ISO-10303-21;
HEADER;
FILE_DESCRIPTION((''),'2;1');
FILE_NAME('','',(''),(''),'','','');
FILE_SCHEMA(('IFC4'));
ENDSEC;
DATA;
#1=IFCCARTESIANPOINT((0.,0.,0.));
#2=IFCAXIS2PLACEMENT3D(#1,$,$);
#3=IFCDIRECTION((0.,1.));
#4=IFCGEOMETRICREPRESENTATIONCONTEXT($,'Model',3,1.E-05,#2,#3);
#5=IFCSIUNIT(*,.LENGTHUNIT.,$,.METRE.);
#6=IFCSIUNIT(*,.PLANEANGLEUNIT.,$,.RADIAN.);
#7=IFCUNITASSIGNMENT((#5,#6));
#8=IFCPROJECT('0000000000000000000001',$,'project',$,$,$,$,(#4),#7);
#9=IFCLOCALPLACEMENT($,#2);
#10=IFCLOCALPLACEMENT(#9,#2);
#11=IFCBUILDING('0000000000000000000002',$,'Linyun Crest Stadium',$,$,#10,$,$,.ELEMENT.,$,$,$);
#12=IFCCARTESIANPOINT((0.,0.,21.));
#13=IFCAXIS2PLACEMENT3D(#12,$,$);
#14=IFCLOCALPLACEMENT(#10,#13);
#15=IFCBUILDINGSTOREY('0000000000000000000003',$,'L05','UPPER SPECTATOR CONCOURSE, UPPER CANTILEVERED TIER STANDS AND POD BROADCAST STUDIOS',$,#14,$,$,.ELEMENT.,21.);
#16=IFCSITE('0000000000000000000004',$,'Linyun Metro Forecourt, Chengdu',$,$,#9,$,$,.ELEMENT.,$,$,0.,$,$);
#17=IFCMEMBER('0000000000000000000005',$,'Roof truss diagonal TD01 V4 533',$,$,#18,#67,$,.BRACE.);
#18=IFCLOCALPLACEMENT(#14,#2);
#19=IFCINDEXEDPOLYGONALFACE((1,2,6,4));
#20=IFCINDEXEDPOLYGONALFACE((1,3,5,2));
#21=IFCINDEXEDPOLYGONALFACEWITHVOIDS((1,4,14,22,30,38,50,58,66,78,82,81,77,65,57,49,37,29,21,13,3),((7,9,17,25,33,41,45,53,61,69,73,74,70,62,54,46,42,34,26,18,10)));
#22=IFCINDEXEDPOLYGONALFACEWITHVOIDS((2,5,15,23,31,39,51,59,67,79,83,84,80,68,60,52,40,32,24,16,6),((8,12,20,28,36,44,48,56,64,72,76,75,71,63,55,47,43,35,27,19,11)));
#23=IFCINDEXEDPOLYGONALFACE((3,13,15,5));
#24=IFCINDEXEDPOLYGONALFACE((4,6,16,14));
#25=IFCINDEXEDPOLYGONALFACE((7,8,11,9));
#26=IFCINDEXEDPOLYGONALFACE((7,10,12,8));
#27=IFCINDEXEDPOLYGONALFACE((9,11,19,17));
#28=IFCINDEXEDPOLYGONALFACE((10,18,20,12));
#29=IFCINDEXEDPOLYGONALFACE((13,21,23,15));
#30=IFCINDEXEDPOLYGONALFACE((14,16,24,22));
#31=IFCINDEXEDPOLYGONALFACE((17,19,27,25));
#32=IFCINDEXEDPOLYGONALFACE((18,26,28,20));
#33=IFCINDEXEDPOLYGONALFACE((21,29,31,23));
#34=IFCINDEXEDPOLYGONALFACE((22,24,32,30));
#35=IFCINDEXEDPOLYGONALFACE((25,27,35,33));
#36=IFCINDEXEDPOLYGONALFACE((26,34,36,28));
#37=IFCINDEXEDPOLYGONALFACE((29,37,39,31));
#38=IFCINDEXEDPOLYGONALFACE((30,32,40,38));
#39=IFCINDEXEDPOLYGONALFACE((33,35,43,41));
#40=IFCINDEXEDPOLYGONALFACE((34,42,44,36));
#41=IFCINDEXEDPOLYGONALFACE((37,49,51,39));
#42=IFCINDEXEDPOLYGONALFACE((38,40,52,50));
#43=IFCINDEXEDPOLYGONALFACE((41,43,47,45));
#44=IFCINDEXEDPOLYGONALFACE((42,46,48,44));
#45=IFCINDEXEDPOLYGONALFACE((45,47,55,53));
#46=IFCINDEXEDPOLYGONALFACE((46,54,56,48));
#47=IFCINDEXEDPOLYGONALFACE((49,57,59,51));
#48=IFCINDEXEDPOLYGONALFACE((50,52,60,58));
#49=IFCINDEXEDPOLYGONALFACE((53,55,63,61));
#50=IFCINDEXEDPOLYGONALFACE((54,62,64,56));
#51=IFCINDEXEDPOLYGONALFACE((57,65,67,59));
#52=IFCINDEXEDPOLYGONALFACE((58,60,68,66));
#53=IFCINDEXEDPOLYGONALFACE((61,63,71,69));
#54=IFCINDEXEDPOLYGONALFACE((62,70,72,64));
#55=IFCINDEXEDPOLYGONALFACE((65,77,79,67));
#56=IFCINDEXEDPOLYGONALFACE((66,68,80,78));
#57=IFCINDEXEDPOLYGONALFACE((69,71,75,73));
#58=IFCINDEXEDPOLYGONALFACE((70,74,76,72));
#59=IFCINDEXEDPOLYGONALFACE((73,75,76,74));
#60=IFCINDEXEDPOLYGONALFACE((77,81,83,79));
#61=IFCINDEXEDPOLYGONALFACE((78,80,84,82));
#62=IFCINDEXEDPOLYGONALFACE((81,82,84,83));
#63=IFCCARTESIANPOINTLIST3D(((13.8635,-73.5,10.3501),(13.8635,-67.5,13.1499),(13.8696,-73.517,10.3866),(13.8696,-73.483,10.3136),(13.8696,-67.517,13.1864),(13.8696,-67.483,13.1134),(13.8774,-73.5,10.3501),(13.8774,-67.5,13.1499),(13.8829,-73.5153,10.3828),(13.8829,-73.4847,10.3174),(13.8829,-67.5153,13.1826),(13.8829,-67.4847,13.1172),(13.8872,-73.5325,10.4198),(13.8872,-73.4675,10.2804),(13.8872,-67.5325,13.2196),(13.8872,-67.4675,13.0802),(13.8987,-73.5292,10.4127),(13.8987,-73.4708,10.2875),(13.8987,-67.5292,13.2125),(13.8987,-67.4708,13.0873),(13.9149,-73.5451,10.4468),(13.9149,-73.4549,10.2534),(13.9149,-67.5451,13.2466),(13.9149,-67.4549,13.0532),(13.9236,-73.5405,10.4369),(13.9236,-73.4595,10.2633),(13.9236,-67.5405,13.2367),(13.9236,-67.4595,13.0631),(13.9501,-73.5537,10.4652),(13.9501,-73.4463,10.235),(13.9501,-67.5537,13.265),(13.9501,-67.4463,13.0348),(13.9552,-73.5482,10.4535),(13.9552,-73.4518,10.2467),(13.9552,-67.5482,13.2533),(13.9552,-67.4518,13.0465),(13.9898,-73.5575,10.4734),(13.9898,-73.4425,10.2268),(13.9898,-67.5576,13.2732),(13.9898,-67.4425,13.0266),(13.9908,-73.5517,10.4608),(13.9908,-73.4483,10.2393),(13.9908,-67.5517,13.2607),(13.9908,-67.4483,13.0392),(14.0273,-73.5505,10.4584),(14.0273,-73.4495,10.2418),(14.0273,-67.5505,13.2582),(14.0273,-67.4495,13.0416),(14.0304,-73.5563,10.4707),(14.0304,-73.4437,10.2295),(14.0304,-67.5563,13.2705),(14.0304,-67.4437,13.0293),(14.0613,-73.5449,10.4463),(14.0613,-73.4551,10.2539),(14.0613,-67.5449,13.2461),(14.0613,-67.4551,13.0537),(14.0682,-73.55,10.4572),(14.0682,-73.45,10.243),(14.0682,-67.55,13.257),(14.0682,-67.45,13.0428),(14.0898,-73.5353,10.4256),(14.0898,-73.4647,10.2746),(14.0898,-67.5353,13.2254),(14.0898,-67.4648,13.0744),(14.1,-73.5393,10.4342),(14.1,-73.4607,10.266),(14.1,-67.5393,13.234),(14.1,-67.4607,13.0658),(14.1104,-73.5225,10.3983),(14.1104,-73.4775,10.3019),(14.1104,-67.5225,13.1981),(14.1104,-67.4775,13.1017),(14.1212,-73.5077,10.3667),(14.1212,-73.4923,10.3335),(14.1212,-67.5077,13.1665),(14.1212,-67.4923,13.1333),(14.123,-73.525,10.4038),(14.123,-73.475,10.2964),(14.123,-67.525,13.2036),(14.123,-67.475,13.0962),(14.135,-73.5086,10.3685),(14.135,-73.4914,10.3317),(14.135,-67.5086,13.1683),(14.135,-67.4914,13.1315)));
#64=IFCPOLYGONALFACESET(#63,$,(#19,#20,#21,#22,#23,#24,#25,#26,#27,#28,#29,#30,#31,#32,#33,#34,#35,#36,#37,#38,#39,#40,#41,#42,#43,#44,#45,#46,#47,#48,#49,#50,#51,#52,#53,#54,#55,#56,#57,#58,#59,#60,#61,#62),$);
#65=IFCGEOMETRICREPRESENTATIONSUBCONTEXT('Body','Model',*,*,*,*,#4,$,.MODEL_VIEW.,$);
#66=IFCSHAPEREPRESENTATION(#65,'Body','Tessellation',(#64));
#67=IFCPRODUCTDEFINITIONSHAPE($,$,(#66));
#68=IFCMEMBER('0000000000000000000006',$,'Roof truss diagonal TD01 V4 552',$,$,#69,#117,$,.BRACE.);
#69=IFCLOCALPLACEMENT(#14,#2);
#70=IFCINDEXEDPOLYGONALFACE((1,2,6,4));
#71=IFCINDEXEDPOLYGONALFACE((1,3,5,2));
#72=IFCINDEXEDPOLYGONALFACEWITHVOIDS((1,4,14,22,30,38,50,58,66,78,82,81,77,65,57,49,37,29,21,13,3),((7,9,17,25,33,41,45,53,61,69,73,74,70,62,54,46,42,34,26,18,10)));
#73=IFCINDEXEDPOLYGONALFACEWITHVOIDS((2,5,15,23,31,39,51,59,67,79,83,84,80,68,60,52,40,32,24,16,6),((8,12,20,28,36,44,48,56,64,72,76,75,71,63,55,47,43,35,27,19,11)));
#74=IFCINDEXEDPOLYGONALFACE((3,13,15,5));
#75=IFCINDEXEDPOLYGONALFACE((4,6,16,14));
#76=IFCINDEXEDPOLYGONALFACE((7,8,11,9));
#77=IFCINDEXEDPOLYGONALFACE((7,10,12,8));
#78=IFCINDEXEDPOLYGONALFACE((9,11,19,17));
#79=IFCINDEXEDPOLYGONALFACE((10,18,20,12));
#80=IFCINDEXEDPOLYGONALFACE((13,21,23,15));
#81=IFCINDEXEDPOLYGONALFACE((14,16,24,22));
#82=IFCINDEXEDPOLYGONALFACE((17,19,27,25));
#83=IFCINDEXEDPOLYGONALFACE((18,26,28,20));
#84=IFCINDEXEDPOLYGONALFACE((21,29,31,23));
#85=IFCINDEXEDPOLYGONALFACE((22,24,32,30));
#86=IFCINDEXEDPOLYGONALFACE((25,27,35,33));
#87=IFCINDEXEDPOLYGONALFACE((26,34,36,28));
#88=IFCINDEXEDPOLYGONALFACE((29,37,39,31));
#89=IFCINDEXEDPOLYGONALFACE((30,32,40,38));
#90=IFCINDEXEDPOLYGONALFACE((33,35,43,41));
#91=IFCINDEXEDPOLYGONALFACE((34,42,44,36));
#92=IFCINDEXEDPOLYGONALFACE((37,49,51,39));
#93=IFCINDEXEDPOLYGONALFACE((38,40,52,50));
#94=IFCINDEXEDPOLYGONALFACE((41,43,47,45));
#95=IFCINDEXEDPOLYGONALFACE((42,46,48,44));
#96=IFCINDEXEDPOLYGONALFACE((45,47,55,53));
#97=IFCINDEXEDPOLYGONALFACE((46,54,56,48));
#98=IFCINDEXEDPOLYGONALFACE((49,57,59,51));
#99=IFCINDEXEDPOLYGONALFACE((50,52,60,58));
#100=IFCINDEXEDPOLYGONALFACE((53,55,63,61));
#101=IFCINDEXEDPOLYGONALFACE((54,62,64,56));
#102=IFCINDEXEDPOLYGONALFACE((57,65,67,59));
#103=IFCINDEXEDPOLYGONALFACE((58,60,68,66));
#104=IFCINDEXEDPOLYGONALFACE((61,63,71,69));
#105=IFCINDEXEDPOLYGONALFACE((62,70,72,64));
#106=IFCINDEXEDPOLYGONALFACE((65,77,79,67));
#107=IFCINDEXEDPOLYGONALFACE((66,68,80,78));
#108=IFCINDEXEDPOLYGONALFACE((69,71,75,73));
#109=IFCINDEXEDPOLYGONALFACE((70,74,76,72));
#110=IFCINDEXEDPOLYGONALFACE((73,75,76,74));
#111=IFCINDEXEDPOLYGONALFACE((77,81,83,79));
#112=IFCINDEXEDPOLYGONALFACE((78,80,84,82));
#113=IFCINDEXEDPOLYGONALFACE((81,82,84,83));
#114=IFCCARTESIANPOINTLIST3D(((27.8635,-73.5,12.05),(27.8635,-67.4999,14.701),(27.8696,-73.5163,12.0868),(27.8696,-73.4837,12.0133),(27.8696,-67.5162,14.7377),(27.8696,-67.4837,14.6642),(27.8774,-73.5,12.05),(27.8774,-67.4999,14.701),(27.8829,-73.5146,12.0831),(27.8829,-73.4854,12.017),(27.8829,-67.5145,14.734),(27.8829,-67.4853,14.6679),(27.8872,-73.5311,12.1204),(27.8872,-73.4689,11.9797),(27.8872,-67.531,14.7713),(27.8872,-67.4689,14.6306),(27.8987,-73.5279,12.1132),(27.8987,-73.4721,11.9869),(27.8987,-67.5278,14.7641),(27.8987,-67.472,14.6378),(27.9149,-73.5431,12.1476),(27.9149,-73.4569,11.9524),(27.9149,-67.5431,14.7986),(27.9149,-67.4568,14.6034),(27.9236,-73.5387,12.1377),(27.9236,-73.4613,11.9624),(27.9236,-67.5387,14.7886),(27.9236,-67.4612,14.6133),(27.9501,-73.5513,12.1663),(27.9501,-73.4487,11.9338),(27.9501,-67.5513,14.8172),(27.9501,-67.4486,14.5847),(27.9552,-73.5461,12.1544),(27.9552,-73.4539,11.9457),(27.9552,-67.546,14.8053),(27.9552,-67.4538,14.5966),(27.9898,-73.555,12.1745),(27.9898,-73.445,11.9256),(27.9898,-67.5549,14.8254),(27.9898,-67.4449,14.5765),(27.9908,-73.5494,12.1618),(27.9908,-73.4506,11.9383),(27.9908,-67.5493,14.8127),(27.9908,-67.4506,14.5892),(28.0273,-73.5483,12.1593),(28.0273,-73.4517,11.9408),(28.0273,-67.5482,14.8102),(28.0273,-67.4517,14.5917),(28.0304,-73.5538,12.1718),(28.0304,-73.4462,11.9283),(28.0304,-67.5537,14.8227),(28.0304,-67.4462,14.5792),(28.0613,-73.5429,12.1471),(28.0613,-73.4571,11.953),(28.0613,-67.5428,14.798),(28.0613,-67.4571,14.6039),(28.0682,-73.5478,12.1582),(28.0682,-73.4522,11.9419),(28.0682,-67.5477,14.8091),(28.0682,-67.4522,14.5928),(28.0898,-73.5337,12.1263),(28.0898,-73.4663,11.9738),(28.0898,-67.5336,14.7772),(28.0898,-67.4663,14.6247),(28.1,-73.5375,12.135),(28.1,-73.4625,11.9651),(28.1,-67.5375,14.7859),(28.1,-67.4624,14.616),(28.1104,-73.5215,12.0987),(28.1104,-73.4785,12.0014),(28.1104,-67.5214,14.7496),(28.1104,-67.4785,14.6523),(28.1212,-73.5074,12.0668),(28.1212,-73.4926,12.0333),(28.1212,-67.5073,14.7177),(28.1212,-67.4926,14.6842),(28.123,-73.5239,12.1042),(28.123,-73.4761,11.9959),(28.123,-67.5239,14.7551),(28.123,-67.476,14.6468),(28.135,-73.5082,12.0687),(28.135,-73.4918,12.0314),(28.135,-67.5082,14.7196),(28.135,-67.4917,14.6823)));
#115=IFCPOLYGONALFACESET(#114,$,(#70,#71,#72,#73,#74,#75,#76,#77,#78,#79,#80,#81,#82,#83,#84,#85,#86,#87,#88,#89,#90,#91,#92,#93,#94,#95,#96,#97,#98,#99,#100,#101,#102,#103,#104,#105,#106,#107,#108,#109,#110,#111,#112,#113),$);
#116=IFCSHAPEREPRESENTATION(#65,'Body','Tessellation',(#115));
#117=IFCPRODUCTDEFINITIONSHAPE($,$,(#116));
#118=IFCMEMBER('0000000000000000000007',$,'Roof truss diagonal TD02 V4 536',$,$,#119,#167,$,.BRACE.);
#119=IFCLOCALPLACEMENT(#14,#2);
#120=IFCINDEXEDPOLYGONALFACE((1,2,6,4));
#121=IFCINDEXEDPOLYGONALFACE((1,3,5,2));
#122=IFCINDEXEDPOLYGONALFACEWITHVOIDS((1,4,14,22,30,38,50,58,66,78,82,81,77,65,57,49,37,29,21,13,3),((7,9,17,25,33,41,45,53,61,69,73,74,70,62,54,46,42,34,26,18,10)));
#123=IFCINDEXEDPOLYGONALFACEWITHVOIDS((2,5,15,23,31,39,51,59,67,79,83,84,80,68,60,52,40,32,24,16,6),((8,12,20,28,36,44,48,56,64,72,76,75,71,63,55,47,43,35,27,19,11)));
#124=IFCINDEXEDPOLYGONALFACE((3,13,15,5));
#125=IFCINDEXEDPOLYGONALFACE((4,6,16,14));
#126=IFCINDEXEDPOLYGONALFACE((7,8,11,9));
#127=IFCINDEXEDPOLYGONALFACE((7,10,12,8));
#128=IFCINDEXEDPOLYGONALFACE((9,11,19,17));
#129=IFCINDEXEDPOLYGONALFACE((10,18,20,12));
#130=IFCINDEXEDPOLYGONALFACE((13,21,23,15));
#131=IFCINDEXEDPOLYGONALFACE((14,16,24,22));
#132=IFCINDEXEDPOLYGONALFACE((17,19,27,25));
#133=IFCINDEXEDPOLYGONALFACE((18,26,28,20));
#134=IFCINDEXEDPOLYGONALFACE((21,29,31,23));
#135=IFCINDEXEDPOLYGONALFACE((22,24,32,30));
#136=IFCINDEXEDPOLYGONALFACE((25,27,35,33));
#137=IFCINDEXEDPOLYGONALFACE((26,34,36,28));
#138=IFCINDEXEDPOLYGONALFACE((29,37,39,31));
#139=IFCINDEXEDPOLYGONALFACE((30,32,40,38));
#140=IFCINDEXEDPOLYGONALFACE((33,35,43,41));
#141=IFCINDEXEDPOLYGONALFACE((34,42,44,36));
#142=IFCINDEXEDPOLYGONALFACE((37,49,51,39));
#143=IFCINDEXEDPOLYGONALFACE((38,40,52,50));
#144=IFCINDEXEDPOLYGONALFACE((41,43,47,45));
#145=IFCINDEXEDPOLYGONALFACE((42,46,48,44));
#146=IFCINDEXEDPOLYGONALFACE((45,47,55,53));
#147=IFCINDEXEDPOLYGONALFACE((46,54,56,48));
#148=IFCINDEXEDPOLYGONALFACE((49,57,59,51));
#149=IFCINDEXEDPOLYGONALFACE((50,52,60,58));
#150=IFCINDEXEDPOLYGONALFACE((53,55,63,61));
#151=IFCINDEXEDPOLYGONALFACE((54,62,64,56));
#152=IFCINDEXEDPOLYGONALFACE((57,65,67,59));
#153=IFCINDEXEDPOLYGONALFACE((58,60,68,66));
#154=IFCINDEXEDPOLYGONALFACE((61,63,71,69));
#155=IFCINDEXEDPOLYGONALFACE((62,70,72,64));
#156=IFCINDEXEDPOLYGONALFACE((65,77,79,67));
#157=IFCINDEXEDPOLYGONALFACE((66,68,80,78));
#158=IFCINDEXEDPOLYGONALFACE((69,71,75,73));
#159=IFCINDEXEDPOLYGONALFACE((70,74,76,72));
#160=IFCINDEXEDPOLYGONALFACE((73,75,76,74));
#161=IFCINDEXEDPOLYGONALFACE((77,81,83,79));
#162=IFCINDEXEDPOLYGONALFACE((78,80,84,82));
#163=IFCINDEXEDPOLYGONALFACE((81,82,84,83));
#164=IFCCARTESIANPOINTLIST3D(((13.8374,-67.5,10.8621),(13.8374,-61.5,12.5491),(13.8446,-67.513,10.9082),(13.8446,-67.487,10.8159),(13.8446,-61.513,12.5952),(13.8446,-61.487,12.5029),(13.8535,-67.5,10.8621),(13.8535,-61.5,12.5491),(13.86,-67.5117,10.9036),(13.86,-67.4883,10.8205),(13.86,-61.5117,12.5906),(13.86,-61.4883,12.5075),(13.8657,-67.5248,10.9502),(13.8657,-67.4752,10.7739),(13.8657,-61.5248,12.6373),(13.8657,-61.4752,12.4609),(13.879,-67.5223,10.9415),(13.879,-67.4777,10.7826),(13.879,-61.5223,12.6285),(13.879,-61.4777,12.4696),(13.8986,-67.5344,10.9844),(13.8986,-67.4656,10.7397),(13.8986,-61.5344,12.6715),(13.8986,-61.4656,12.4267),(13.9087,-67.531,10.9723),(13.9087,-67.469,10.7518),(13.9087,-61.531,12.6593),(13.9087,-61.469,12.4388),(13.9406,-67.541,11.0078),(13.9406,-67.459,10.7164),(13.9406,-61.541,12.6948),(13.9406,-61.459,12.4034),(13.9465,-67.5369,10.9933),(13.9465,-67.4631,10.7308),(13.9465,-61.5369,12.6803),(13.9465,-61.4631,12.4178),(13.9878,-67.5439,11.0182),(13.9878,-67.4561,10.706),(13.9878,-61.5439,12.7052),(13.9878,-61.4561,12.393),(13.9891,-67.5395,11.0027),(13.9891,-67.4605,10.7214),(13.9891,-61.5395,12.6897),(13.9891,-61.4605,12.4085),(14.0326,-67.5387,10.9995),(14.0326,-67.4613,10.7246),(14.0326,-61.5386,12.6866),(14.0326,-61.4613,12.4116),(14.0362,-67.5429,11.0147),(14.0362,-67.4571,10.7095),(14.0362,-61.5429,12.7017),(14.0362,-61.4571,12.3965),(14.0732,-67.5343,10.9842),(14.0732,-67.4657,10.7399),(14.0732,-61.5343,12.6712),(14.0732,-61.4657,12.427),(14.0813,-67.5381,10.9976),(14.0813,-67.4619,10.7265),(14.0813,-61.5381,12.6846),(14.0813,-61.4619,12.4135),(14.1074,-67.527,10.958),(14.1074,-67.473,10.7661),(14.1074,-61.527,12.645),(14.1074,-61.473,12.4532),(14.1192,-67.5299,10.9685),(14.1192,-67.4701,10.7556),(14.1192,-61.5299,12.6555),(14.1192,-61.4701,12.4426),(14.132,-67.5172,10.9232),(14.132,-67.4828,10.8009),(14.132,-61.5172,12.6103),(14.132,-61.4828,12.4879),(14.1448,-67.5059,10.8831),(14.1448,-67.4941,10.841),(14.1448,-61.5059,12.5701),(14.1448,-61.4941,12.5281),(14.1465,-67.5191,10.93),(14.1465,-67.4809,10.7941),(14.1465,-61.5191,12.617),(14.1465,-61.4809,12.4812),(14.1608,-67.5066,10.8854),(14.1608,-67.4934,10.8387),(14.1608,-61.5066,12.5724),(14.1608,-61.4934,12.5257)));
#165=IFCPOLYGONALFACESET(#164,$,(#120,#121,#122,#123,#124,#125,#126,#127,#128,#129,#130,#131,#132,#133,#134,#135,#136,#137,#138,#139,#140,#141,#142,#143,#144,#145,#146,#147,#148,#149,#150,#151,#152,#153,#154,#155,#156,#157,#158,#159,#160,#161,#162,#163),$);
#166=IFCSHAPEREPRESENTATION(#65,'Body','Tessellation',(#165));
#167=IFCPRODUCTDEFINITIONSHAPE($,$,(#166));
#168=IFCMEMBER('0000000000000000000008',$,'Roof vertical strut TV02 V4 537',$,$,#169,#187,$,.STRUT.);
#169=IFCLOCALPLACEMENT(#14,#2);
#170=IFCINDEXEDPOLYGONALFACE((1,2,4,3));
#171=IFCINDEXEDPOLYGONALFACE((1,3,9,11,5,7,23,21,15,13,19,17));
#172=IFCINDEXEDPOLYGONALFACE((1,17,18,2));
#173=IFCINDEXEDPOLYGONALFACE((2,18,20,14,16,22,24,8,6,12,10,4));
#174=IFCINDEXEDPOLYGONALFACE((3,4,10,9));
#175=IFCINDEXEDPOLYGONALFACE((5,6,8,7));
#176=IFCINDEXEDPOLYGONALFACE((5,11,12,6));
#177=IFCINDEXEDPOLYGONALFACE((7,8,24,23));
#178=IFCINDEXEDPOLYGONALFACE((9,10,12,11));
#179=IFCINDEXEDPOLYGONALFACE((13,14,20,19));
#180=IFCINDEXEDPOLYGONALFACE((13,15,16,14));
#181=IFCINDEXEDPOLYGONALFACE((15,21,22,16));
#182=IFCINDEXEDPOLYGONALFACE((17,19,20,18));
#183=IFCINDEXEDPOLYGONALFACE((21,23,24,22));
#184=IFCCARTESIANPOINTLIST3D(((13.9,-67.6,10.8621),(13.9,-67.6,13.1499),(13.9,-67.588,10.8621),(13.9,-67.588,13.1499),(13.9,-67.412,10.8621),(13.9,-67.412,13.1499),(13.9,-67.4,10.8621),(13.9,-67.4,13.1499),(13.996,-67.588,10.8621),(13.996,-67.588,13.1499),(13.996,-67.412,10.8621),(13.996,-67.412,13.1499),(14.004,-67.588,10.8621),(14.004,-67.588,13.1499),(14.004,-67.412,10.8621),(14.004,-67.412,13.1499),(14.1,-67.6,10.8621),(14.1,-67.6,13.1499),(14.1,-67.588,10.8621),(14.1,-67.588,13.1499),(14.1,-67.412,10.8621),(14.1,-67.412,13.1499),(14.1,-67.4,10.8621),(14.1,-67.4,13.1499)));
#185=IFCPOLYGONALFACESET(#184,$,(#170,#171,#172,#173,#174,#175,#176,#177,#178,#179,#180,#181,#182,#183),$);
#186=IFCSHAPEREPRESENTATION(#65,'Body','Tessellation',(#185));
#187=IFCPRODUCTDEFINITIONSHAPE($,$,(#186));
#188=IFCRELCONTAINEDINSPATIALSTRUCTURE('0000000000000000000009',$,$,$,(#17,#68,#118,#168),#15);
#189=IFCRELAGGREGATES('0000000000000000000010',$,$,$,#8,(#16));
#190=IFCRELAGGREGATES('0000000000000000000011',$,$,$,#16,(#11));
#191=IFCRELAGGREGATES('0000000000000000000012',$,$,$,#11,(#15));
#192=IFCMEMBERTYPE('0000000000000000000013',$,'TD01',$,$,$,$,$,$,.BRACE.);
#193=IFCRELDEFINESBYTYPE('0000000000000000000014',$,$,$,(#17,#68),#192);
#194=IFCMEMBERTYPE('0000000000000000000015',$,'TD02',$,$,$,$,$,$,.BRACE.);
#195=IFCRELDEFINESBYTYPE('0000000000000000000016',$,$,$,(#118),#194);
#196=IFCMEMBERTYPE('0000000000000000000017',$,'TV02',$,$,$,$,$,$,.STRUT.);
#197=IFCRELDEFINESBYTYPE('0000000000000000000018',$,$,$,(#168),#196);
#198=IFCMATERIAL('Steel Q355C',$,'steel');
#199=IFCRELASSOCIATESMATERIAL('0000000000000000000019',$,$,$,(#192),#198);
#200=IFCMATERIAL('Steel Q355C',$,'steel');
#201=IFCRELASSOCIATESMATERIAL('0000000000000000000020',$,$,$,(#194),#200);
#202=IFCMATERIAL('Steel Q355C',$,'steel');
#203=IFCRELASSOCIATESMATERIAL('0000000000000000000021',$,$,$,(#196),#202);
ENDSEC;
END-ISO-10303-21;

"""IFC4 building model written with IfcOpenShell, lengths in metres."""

from ifc_helpers import new_model, si_unit, direction, frame, origin, origin_2d, place, context, subcontext, project, spatial, hollow_circle, i_section, extrude, material, material_profile, profile_set, type_object, element, save


model = new_model("IFC4")

# Units and contexts
model_context = context("Model", 3, precision=1e-05, world=origin(), true_north=direction((0.0, 1.0)))
body_context = subcontext(model_context, "Body", "Model", "MODEL_VIEW")
ifc_project = project(units=[si_unit("LENGTHUNIT", "METRE"), si_unit("PLANEANGLEUNIT", "RADIAN")], contexts=[model_context])

# Site, building, storey
site_placement = place(None, origin())
site = spatial("IfcSite", under=ifc_project, at=site_placement, Name="Linyun Metro Forecourt, Chengdu", CompositionType="ELEMENT", RefElevation=0.0)
building_placement = place(site_placement, origin())
building = spatial("IfcBuilding", under=site, at=building_placement, Name="Linyun Crest Stadium", CompositionType="ELEMENT")
storey_placement = place(building_placement, frame((0.0, 0.0, 21.0)))
storey = spatial("IfcBuildingStorey", under=building, at=storey_placement, Name="L05", Description="UPPER SPECTATOR CONCOURSE, UPPER CANTILEVERED TIER STANDS AND POD BROADCAST STUDIOS", CompositionType="ELEMENT", Elevation=21.0)

# Members
ifc_material_1 = material(Name="Steel Q355C", Category="steel")
ifc_material_profile_1 = material_profile(ifc_material_1, hollow_circle(Radius=0.1365, WallThickness=0.0139, at=origin_2d()), Name="CHS 273x14")
ifc_profile_set_1 = profile_set([ifc_material_profile_1], Name="Steel Q355C")
member_type_1 = type_object("IfcMemberType", Name="TD01", PredefinedType="BRACE", material=ifc_profile_set_1)
member_1_placement = place(storey_placement, frame((14.0, -73.5, 10.3501), z_axis=(0.0, 0.906194, 0.422861), x_axis=(-1.0, 0.0, 0.0)))
element("IfcMember", 1, at=member_1_placement, inside=storey, type_object=member_type_1, Name="Roof truss diagonal TD01 V4 533", PredefinedType="BRACE", context=body_context, shape_type="SweptSolid", body=[
    extrude(hollow_circle(Radius=0.1365, WallThickness=0.0139, at=origin_2d()), origin(), (0.0, 0.0, 1.0), 6.6211),
])
member_2_placement = place(storey_placement, frame((28.0, -73.5, 12.05), z_axis=(0.0, 0.914703, 0.404128), x_axis=(-1.0, 0.0, 0.0)))
element("IfcMember", 2, at=member_2_placement, inside=storey, type_object=member_type_1, Name="Roof truss diagonal TD01 V4 552", PredefinedType="BRACE", context=body_context, shape_type="SweptSolid", body=[
    extrude(hollow_circle(Radius=0.1365, WallThickness=0.0139, at=origin_2d()), origin(), (0.0, 0.0, 1.0), 6.5596),
])
ifc_material_2 = material(Name="Steel Q355C", Category="steel")
ifc_material_profile_2 = material_profile(ifc_material_2, hollow_circle(Radius=0.1626, WallThickness=0.0161, at=origin_2d()), Name="CHS 325x16")
ifc_profile_set_2 = profile_set([ifc_material_profile_2], Name="Steel Q355C")
member_type_2 = type_object("IfcMemberType", Name="TD02", PredefinedType="BRACE", material=ifc_profile_set_2)
member_3_placement = place(storey_placement, frame((14.0, -67.5, 10.8621), z_axis=(0.0, 0.962671, 0.270673), x_axis=(-1.0, 0.0, 0.0)))
element("IfcMember", 3, at=member_3_placement, inside=storey, type_object=member_type_2, Name="Roof truss diagonal TD02 V4 536", PredefinedType="BRACE", context=body_context, shape_type="SweptSolid", body=[
    extrude(hollow_circle(Radius=0.1626, WallThickness=0.0161, at=origin_2d()), origin(), (0.0, 0.0, 1.0), 6.2327),
])
ifc_material_3 = material(Name="Steel Q355C", Category="steel")
ifc_material_profile_3 = material_profile(ifc_material_3, i_section(OverallWidth=0.2, OverallDepth=0.2, WebThickness=0.0081, FlangeThickness=0.012, at=origin_2d()), Name="HW 200x200")
ifc_profile_set_3 = profile_set([ifc_material_profile_3], Name="Steel Q355C")
member_type_3 = type_object("IfcMemberType", Name="TV02", PredefinedType="STRUT", material=ifc_profile_set_3)
member_4_placement = place(storey_placement, frame((14.0, -67.5, 10.8621), z_axis=(0.0, 0.0, 1.0), x_axis=(1.0, 0.0, 0.0)))
element("IfcMember", 4, at=member_4_placement, inside=storey, type_object=member_type_3, Name="Roof vertical strut TV02 V4 537", PredefinedType="STRUT", context=body_context, shape_type="SweptSolid", body=[
    extrude(i_section(OverallWidth=0.2, OverallDepth=0.2, WebThickness=0.0081, FlangeThickness=0.012, at=origin_2d()), origin(), (0.0, 0.0, 1.0), 2.2878),
])

save(model, "model.ifc")
